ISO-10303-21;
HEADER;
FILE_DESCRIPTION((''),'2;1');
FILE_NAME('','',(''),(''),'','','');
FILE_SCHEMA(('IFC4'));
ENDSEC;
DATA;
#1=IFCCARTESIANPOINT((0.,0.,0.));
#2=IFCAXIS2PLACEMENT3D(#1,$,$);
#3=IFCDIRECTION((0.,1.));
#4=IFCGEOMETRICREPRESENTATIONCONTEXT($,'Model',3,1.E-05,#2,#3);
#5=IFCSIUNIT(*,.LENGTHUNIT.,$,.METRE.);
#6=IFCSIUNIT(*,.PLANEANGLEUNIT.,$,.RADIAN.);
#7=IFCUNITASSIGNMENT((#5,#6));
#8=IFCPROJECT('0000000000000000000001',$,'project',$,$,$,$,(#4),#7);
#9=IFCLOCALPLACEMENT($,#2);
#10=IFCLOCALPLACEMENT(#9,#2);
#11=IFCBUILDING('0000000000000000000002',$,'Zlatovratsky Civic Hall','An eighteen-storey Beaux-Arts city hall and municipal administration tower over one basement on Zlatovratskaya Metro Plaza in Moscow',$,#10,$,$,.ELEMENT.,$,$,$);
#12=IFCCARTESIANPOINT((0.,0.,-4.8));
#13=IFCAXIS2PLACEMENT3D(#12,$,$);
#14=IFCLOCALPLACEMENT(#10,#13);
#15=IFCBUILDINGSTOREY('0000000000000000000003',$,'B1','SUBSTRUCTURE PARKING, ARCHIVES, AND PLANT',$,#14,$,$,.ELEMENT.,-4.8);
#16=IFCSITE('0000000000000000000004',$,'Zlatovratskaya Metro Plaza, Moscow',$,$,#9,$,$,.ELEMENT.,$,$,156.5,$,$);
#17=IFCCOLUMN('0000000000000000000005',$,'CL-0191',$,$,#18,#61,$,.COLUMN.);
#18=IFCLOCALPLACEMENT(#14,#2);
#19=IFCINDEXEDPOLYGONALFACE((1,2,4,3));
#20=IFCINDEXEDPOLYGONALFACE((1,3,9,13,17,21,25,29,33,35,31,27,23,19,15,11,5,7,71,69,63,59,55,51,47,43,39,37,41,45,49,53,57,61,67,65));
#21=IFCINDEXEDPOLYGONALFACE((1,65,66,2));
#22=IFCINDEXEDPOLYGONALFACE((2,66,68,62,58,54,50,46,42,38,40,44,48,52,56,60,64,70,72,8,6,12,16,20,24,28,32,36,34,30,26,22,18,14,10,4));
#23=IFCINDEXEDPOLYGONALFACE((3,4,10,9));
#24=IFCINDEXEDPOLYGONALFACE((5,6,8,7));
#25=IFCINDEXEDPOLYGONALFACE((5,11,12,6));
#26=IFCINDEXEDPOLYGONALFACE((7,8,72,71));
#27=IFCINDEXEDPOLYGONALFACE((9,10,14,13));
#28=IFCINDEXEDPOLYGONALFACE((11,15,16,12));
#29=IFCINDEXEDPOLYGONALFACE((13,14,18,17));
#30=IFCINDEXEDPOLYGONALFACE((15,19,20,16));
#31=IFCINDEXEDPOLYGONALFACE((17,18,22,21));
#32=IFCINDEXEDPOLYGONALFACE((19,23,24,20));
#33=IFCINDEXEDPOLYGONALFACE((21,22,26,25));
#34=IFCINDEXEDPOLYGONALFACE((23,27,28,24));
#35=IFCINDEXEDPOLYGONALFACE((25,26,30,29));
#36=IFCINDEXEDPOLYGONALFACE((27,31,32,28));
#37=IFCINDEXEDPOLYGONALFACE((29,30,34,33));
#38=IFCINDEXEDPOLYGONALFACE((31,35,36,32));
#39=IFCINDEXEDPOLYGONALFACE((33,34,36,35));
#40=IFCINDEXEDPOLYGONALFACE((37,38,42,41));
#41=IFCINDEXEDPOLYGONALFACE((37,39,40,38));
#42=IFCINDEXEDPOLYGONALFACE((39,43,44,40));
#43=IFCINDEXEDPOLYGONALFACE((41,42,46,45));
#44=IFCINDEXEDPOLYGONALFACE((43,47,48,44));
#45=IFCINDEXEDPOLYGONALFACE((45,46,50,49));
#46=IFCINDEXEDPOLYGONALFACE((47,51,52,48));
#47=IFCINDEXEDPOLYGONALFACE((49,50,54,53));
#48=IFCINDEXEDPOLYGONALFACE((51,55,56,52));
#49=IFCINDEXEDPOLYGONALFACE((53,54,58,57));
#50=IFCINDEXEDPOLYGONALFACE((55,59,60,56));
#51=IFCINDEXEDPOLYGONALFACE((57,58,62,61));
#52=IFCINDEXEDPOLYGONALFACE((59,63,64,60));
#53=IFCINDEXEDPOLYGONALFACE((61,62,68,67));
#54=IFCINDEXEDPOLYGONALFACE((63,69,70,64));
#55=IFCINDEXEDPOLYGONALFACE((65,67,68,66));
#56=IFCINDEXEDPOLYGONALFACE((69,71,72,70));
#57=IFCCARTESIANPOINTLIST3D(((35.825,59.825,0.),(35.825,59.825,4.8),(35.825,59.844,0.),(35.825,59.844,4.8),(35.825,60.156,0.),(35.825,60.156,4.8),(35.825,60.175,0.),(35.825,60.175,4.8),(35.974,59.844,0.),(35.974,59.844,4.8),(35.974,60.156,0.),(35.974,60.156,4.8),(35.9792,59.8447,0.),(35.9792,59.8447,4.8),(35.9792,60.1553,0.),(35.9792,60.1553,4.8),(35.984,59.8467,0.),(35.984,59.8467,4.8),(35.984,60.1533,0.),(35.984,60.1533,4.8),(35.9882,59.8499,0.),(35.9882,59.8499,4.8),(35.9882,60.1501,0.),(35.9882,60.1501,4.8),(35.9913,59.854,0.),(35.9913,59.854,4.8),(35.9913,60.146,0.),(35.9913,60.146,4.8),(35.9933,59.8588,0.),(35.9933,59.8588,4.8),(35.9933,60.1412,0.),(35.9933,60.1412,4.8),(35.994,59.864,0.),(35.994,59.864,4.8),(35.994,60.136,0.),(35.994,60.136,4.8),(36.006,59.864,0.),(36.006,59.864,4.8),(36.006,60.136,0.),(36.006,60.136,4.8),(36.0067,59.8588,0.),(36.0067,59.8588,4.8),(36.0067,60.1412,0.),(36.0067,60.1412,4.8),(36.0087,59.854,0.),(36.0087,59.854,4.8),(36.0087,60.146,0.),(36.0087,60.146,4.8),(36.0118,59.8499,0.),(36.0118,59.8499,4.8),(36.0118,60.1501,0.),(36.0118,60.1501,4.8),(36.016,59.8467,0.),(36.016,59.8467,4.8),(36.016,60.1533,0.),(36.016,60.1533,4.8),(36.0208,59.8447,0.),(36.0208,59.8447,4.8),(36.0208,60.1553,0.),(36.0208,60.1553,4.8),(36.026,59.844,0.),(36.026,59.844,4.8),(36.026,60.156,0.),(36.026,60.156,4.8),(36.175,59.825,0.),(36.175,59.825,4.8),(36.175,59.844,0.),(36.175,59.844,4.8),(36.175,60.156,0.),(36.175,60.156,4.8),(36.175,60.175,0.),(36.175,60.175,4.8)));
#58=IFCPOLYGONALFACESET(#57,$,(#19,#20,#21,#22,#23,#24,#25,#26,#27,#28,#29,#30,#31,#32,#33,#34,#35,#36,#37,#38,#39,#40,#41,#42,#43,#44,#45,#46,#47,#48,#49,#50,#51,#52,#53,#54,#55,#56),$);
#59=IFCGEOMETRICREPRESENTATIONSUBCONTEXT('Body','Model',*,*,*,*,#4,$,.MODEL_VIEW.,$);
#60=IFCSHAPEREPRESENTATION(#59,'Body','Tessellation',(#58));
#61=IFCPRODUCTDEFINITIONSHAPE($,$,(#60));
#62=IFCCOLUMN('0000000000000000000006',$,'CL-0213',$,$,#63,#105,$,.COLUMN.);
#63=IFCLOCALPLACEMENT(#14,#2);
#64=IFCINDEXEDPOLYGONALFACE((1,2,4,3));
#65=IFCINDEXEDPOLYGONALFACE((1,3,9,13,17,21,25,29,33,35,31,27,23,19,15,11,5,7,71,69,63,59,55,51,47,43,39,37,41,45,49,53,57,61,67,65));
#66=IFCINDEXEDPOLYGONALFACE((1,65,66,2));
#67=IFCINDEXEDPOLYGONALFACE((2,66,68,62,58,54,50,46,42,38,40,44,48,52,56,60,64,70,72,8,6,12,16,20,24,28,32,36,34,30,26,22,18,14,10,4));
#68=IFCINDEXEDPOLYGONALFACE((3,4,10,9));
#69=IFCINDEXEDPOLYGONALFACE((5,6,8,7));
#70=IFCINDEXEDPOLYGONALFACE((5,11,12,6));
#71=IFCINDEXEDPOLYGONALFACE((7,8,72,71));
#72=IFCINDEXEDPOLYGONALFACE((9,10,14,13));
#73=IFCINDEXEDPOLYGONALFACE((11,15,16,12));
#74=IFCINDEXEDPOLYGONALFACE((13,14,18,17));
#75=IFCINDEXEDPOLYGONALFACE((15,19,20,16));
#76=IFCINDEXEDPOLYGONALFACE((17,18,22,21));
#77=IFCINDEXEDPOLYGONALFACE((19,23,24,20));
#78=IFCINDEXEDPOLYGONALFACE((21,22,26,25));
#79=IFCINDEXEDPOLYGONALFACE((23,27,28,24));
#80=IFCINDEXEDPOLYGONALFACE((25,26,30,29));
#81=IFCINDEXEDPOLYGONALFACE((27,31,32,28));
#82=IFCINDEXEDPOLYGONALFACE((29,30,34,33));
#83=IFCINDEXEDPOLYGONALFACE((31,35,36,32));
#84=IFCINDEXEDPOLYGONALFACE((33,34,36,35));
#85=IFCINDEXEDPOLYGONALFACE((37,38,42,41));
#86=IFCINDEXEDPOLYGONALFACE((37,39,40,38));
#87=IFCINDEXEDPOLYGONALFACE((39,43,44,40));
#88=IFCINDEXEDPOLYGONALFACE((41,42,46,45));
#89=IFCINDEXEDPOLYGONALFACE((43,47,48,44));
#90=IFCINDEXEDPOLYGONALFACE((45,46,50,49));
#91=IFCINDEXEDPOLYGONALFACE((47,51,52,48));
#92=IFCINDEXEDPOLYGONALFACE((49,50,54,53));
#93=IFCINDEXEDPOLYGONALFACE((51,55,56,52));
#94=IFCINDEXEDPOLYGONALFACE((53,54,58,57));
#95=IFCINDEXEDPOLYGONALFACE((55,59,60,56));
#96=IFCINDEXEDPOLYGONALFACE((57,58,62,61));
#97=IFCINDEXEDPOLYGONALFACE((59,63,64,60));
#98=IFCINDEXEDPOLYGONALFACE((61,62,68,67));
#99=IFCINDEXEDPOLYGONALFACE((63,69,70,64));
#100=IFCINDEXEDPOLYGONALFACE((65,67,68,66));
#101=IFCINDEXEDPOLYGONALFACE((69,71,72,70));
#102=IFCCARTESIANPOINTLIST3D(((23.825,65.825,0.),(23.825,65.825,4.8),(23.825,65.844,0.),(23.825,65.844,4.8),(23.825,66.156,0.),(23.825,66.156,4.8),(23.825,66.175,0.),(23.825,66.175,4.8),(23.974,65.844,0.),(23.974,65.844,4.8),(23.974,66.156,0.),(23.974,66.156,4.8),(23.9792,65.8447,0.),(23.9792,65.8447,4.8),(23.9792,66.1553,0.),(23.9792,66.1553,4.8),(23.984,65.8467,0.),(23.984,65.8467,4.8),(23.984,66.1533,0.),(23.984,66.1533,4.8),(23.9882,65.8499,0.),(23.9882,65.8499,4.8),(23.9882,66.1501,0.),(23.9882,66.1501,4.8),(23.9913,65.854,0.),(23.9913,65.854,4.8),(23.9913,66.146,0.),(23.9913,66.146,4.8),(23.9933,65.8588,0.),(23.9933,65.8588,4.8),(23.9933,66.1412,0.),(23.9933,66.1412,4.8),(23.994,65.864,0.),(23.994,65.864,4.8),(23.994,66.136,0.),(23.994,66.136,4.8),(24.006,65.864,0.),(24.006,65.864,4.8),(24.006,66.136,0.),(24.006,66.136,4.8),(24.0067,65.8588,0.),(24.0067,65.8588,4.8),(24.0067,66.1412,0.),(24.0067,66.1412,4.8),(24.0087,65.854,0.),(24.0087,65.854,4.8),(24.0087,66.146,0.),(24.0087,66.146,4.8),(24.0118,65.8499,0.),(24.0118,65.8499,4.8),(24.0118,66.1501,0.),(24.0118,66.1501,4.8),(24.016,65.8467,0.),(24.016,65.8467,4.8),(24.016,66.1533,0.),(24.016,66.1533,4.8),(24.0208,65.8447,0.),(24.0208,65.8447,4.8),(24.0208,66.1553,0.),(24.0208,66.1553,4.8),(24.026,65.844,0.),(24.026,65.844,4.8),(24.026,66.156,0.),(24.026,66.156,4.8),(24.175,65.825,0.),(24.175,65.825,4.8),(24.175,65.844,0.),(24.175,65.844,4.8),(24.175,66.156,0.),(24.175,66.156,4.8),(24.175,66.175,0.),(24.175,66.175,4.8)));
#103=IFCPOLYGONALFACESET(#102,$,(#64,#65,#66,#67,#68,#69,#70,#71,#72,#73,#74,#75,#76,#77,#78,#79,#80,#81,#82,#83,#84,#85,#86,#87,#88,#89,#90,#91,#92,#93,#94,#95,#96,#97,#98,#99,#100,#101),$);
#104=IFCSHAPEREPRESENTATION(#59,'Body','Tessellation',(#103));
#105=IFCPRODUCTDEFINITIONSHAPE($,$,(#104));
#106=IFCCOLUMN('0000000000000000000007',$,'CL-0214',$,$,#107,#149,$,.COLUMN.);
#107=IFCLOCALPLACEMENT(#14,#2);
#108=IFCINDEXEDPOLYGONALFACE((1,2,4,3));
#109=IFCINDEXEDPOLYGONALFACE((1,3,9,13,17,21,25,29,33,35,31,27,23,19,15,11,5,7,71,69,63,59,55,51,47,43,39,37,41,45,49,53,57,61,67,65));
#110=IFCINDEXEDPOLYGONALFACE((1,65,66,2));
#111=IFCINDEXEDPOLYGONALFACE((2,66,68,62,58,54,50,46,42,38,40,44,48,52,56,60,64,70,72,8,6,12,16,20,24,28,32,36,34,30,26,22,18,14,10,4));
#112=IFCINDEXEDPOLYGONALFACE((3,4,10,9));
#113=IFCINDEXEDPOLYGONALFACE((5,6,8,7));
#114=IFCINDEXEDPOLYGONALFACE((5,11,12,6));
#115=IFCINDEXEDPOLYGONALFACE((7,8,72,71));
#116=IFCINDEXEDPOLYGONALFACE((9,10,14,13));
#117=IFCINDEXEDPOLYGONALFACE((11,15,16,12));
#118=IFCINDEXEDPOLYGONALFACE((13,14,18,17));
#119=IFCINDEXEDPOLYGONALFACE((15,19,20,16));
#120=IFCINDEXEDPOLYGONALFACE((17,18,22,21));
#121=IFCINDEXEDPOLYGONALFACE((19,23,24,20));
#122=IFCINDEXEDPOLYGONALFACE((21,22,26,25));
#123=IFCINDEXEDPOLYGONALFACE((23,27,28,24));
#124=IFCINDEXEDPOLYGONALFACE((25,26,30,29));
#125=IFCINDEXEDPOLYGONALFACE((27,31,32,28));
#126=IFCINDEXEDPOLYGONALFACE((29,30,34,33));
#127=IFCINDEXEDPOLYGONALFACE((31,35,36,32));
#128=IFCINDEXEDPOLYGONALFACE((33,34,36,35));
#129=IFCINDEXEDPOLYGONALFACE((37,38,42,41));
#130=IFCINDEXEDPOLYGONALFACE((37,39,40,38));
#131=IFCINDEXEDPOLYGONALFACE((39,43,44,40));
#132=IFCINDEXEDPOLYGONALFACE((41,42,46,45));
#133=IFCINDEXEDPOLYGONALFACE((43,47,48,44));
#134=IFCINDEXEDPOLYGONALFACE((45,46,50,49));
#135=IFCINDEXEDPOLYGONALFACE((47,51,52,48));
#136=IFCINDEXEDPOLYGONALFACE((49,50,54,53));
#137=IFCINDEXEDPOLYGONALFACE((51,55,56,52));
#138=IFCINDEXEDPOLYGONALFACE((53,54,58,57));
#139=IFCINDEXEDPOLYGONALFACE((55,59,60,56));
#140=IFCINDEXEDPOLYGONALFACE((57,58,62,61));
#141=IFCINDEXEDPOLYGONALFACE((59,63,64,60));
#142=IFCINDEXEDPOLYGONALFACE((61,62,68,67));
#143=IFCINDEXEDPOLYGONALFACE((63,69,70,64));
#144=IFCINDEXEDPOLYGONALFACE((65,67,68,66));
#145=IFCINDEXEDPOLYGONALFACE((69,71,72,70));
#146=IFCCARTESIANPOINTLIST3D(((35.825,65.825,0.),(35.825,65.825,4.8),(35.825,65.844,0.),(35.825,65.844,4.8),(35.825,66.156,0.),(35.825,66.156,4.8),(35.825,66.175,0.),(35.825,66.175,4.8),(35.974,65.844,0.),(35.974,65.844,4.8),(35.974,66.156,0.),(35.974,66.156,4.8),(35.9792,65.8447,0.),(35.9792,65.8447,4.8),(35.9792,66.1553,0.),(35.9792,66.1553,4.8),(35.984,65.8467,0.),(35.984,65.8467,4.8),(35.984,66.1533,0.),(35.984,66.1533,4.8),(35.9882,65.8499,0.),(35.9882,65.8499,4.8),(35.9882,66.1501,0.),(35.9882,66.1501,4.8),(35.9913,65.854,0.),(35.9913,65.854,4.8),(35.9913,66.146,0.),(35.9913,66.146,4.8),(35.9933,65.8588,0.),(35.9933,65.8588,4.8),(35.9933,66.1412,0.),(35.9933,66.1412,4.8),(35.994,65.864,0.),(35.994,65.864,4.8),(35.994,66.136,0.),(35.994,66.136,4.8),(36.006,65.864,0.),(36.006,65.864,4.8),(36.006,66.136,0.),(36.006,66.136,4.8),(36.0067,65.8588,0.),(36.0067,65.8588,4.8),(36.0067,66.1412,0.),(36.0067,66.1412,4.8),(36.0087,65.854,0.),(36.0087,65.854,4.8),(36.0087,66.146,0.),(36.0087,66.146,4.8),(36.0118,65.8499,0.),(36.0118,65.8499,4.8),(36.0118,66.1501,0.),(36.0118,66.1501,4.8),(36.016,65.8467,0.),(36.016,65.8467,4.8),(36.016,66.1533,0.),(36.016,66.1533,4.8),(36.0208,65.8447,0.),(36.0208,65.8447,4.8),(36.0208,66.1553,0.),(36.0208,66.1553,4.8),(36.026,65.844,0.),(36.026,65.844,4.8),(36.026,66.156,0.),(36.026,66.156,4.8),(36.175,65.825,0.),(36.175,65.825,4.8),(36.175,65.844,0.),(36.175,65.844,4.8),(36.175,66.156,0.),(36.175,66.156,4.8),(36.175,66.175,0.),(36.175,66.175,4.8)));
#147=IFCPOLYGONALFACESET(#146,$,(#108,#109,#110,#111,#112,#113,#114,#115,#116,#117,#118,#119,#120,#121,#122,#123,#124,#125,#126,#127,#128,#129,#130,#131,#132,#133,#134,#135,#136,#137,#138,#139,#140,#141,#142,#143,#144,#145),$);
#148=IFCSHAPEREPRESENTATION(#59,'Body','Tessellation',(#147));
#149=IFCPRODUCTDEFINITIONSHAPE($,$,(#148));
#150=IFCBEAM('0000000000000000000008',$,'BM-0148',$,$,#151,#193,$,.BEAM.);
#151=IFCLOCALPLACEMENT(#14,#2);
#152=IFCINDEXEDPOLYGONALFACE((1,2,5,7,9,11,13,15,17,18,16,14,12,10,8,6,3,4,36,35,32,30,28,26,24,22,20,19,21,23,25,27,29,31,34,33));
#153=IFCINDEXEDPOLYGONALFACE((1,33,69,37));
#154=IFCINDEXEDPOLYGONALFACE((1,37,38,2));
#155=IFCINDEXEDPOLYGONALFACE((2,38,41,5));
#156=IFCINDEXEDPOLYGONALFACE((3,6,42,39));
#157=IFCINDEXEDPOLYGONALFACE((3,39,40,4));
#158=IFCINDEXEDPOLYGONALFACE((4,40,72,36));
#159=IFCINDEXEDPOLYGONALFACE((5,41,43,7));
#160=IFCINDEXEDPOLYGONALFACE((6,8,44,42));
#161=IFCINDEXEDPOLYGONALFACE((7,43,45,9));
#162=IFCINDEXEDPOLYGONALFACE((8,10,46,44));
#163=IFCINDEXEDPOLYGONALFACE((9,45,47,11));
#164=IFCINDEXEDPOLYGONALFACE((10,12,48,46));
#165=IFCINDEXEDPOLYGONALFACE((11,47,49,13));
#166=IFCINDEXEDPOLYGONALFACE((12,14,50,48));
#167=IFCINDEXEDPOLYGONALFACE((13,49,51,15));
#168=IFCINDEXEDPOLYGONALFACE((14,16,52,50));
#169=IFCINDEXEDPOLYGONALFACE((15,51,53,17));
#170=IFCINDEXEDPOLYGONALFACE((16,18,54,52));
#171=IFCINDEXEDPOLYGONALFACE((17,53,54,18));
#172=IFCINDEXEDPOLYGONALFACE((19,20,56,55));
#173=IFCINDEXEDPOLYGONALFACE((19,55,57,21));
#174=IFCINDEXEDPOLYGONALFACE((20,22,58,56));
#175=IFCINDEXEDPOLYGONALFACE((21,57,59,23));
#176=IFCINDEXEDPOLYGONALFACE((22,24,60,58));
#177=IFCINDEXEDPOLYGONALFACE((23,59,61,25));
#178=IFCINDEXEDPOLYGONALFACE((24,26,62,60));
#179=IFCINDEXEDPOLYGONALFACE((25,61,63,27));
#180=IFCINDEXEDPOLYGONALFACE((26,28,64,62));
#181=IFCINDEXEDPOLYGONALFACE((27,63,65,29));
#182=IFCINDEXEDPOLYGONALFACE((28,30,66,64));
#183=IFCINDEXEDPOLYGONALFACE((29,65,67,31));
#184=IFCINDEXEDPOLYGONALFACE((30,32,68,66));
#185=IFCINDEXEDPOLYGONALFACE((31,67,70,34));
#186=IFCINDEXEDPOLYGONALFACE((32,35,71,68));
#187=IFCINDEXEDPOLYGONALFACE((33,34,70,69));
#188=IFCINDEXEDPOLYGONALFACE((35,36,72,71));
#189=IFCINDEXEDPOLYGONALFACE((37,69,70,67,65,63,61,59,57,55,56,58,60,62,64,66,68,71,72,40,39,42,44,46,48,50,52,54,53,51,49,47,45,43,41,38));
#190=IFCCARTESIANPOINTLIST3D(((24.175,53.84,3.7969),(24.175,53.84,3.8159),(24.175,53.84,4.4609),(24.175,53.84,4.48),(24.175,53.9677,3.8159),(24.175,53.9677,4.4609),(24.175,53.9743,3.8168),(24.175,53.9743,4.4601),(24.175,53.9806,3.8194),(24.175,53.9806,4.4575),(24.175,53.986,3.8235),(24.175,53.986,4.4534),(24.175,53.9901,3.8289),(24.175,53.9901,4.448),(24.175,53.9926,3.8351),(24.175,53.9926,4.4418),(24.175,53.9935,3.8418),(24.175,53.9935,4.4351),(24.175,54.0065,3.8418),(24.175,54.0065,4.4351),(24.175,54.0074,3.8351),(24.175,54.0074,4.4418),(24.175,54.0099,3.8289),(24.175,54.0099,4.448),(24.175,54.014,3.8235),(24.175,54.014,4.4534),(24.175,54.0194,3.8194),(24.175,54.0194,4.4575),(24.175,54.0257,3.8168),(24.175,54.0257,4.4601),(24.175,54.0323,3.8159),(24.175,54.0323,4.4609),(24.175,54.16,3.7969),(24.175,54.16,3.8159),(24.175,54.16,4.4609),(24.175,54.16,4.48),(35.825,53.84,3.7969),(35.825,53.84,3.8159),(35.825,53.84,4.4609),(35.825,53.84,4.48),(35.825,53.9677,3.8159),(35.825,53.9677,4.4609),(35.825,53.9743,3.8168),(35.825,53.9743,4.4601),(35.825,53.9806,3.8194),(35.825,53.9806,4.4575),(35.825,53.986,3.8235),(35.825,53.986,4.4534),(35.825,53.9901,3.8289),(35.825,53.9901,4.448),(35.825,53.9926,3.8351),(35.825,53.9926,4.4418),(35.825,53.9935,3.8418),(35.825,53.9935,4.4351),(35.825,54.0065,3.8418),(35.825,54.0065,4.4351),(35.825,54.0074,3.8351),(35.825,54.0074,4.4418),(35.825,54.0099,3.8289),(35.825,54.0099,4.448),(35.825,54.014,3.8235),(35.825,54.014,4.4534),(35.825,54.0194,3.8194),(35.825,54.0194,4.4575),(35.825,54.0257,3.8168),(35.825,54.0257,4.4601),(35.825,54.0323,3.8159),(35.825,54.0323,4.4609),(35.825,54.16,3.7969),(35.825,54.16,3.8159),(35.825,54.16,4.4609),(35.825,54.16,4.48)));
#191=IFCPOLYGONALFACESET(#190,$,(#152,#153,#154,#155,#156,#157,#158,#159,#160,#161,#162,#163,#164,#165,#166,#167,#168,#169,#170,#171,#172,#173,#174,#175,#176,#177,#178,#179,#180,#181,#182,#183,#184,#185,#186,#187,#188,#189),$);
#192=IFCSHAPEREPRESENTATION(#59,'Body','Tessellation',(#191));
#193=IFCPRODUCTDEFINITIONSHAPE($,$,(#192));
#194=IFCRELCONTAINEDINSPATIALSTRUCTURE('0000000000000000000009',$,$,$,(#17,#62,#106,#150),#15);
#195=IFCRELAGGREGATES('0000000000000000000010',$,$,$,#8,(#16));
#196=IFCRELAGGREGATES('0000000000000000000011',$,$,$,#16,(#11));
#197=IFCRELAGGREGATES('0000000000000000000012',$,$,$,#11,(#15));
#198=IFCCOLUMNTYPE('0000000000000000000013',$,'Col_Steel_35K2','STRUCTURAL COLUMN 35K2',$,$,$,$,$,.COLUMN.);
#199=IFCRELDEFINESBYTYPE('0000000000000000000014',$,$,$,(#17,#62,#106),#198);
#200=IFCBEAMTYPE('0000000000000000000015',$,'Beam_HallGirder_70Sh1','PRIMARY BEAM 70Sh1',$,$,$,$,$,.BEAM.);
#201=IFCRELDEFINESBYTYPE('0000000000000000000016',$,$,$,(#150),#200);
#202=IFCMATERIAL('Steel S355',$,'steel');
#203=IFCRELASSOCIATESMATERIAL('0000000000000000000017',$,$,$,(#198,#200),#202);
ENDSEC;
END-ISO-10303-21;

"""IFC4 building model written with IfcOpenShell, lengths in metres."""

from ifc_helpers import new_model, si_unit, direction, frame, origin, origin_2d, place, context, subcontext, project, spatial, i_section, extrude, material, material_profile, profile_set, type_object, element, save


model = new_model("IFC4")

# Units and contexts
model_context = context("Model", 3, precision=1e-05, world=origin(), true_north=direction((0.0, 1.0)))
body_context = subcontext(model_context, "Body", "Model", "MODEL_VIEW")
ifc_project = project(units=[si_unit("LENGTHUNIT", "METRE"), si_unit("PLANEANGLEUNIT", "RADIAN")], contexts=[model_context])

# Site, building, storey
site_placement = place(None, origin())
site = spatial("IfcSite", under=ifc_project, at=site_placement, Name="Zlatovratskaya Metro Plaza, Moscow", CompositionType="ELEMENT", RefElevation=156.5)
building_placement = place(site_placement, origin())
building = spatial("IfcBuilding", under=site, at=building_placement, Name="Zlatovratsky Civic Hall", Description="An eighteen-storey Beaux-Arts city hall and municipal administration tower over one basement on Zlatovratskaya Metro Plaza in Moscow", CompositionType="ELEMENT")
storey_placement = place(building_placement, frame((0.0, 0.0, -4.8)))
storey = spatial("IfcBuildingStorey", under=building, at=storey_placement, Name="B1", Description="SUBSTRUCTURE PARKING, ARCHIVES, AND PLANT", CompositionType="ELEMENT", Elevation=-4.8)

# Columns
ifc_material_1 = material(Name="Steel S355", Category="steel")
ifc_material_profile_1 = material_profile(ifc_material_1, i_section(OverallWidth=0.3501, OverallDepth=0.3501, WebThickness=0.012, FlangeThickness=0.019, FilletRadius=0.02, at=origin_2d()), Name="35K2")
ifc_profile_set_1 = profile_set([ifc_material_profile_1], Name="Steel S355")
column_type = type_object("IfcColumnType", Name="Col_Steel_35K2", Description="STRUCTURAL COLUMN 35K2", PredefinedType="COLUMN", material=ifc_profile_set_1)
for number, where, z_axis, x_axis, name in (
    (1, (36.0, 60.0, 0.0), (0.0, 0.0, 1.0), (1.0, 0.0, 0.0), "CL-0191"),
    (2, (24.0, 66.0, 0.0), (0.0, 0.0, 1.0), (1.0, 0.0, 0.0), "CL-0213"),
    (3, (36.0, 66.0, 0.0), (0.0, 0.0, 1.0), (1.0, 0.0, 0.0), "CL-0214"),
):
    element("IfcColumn", number, at=place(storey_placement, frame(where, z_axis=z_axis, x_axis=x_axis)), inside=storey, type_object=column_type, Name=name, PredefinedType="COLUMN", context=body_context, shape_type="SweptSolid", body=[
        extrude(i_section(OverallWidth=0.3501, OverallDepth=0.3501, WebThickness=0.012, FlangeThickness=0.019, FilletRadius=0.02, at=origin_2d()), origin(), (0.0, 0.0, 1.0), 4.8),
    ])

# Beam
ifc_material_profile_2 = material_profile(ifc_material_1, i_section(OverallWidth=0.3201, OverallDepth=0.6831, WebThickness=0.0129, FlangeThickness=0.019, FilletRadius=0.0259, at=origin_2d()), Name="70Sh1")
ifc_profile_set_2 = profile_set([ifc_material_profile_2], Name="Steel S355")
beam_type_1 = type_object("IfcBeamType", Name="Beam_HallGirder_70Sh1", Description="PRIMARY BEAM 70Sh1", PredefinedType="BEAM", material=ifc_profile_set_2)
for number, where, z_axis, x_axis, name in (
    (4, (24.175, 54.0, 4.1384), (1.0, 0.0, 0.0), (0.0, 1.0, 0.0), "BM-0148"),
):
    element("IfcBeam", number, at=place(storey_placement, frame(where, z_axis=z_axis, x_axis=x_axis)), inside=storey, type_object=beam_type_1, Name=name, PredefinedType="BEAM", context=body_context, shape_type="SweptSolid", body=[
        extrude(i_section(OverallWidth=0.3201, OverallDepth=0.6831, WebThickness=0.0129, FlangeThickness=0.019, FilletRadius=0.0259, at=origin_2d()), origin(), (0.0, 0.0, 1.0), 11.6499),
    ])

save(model, "model.ifc")
